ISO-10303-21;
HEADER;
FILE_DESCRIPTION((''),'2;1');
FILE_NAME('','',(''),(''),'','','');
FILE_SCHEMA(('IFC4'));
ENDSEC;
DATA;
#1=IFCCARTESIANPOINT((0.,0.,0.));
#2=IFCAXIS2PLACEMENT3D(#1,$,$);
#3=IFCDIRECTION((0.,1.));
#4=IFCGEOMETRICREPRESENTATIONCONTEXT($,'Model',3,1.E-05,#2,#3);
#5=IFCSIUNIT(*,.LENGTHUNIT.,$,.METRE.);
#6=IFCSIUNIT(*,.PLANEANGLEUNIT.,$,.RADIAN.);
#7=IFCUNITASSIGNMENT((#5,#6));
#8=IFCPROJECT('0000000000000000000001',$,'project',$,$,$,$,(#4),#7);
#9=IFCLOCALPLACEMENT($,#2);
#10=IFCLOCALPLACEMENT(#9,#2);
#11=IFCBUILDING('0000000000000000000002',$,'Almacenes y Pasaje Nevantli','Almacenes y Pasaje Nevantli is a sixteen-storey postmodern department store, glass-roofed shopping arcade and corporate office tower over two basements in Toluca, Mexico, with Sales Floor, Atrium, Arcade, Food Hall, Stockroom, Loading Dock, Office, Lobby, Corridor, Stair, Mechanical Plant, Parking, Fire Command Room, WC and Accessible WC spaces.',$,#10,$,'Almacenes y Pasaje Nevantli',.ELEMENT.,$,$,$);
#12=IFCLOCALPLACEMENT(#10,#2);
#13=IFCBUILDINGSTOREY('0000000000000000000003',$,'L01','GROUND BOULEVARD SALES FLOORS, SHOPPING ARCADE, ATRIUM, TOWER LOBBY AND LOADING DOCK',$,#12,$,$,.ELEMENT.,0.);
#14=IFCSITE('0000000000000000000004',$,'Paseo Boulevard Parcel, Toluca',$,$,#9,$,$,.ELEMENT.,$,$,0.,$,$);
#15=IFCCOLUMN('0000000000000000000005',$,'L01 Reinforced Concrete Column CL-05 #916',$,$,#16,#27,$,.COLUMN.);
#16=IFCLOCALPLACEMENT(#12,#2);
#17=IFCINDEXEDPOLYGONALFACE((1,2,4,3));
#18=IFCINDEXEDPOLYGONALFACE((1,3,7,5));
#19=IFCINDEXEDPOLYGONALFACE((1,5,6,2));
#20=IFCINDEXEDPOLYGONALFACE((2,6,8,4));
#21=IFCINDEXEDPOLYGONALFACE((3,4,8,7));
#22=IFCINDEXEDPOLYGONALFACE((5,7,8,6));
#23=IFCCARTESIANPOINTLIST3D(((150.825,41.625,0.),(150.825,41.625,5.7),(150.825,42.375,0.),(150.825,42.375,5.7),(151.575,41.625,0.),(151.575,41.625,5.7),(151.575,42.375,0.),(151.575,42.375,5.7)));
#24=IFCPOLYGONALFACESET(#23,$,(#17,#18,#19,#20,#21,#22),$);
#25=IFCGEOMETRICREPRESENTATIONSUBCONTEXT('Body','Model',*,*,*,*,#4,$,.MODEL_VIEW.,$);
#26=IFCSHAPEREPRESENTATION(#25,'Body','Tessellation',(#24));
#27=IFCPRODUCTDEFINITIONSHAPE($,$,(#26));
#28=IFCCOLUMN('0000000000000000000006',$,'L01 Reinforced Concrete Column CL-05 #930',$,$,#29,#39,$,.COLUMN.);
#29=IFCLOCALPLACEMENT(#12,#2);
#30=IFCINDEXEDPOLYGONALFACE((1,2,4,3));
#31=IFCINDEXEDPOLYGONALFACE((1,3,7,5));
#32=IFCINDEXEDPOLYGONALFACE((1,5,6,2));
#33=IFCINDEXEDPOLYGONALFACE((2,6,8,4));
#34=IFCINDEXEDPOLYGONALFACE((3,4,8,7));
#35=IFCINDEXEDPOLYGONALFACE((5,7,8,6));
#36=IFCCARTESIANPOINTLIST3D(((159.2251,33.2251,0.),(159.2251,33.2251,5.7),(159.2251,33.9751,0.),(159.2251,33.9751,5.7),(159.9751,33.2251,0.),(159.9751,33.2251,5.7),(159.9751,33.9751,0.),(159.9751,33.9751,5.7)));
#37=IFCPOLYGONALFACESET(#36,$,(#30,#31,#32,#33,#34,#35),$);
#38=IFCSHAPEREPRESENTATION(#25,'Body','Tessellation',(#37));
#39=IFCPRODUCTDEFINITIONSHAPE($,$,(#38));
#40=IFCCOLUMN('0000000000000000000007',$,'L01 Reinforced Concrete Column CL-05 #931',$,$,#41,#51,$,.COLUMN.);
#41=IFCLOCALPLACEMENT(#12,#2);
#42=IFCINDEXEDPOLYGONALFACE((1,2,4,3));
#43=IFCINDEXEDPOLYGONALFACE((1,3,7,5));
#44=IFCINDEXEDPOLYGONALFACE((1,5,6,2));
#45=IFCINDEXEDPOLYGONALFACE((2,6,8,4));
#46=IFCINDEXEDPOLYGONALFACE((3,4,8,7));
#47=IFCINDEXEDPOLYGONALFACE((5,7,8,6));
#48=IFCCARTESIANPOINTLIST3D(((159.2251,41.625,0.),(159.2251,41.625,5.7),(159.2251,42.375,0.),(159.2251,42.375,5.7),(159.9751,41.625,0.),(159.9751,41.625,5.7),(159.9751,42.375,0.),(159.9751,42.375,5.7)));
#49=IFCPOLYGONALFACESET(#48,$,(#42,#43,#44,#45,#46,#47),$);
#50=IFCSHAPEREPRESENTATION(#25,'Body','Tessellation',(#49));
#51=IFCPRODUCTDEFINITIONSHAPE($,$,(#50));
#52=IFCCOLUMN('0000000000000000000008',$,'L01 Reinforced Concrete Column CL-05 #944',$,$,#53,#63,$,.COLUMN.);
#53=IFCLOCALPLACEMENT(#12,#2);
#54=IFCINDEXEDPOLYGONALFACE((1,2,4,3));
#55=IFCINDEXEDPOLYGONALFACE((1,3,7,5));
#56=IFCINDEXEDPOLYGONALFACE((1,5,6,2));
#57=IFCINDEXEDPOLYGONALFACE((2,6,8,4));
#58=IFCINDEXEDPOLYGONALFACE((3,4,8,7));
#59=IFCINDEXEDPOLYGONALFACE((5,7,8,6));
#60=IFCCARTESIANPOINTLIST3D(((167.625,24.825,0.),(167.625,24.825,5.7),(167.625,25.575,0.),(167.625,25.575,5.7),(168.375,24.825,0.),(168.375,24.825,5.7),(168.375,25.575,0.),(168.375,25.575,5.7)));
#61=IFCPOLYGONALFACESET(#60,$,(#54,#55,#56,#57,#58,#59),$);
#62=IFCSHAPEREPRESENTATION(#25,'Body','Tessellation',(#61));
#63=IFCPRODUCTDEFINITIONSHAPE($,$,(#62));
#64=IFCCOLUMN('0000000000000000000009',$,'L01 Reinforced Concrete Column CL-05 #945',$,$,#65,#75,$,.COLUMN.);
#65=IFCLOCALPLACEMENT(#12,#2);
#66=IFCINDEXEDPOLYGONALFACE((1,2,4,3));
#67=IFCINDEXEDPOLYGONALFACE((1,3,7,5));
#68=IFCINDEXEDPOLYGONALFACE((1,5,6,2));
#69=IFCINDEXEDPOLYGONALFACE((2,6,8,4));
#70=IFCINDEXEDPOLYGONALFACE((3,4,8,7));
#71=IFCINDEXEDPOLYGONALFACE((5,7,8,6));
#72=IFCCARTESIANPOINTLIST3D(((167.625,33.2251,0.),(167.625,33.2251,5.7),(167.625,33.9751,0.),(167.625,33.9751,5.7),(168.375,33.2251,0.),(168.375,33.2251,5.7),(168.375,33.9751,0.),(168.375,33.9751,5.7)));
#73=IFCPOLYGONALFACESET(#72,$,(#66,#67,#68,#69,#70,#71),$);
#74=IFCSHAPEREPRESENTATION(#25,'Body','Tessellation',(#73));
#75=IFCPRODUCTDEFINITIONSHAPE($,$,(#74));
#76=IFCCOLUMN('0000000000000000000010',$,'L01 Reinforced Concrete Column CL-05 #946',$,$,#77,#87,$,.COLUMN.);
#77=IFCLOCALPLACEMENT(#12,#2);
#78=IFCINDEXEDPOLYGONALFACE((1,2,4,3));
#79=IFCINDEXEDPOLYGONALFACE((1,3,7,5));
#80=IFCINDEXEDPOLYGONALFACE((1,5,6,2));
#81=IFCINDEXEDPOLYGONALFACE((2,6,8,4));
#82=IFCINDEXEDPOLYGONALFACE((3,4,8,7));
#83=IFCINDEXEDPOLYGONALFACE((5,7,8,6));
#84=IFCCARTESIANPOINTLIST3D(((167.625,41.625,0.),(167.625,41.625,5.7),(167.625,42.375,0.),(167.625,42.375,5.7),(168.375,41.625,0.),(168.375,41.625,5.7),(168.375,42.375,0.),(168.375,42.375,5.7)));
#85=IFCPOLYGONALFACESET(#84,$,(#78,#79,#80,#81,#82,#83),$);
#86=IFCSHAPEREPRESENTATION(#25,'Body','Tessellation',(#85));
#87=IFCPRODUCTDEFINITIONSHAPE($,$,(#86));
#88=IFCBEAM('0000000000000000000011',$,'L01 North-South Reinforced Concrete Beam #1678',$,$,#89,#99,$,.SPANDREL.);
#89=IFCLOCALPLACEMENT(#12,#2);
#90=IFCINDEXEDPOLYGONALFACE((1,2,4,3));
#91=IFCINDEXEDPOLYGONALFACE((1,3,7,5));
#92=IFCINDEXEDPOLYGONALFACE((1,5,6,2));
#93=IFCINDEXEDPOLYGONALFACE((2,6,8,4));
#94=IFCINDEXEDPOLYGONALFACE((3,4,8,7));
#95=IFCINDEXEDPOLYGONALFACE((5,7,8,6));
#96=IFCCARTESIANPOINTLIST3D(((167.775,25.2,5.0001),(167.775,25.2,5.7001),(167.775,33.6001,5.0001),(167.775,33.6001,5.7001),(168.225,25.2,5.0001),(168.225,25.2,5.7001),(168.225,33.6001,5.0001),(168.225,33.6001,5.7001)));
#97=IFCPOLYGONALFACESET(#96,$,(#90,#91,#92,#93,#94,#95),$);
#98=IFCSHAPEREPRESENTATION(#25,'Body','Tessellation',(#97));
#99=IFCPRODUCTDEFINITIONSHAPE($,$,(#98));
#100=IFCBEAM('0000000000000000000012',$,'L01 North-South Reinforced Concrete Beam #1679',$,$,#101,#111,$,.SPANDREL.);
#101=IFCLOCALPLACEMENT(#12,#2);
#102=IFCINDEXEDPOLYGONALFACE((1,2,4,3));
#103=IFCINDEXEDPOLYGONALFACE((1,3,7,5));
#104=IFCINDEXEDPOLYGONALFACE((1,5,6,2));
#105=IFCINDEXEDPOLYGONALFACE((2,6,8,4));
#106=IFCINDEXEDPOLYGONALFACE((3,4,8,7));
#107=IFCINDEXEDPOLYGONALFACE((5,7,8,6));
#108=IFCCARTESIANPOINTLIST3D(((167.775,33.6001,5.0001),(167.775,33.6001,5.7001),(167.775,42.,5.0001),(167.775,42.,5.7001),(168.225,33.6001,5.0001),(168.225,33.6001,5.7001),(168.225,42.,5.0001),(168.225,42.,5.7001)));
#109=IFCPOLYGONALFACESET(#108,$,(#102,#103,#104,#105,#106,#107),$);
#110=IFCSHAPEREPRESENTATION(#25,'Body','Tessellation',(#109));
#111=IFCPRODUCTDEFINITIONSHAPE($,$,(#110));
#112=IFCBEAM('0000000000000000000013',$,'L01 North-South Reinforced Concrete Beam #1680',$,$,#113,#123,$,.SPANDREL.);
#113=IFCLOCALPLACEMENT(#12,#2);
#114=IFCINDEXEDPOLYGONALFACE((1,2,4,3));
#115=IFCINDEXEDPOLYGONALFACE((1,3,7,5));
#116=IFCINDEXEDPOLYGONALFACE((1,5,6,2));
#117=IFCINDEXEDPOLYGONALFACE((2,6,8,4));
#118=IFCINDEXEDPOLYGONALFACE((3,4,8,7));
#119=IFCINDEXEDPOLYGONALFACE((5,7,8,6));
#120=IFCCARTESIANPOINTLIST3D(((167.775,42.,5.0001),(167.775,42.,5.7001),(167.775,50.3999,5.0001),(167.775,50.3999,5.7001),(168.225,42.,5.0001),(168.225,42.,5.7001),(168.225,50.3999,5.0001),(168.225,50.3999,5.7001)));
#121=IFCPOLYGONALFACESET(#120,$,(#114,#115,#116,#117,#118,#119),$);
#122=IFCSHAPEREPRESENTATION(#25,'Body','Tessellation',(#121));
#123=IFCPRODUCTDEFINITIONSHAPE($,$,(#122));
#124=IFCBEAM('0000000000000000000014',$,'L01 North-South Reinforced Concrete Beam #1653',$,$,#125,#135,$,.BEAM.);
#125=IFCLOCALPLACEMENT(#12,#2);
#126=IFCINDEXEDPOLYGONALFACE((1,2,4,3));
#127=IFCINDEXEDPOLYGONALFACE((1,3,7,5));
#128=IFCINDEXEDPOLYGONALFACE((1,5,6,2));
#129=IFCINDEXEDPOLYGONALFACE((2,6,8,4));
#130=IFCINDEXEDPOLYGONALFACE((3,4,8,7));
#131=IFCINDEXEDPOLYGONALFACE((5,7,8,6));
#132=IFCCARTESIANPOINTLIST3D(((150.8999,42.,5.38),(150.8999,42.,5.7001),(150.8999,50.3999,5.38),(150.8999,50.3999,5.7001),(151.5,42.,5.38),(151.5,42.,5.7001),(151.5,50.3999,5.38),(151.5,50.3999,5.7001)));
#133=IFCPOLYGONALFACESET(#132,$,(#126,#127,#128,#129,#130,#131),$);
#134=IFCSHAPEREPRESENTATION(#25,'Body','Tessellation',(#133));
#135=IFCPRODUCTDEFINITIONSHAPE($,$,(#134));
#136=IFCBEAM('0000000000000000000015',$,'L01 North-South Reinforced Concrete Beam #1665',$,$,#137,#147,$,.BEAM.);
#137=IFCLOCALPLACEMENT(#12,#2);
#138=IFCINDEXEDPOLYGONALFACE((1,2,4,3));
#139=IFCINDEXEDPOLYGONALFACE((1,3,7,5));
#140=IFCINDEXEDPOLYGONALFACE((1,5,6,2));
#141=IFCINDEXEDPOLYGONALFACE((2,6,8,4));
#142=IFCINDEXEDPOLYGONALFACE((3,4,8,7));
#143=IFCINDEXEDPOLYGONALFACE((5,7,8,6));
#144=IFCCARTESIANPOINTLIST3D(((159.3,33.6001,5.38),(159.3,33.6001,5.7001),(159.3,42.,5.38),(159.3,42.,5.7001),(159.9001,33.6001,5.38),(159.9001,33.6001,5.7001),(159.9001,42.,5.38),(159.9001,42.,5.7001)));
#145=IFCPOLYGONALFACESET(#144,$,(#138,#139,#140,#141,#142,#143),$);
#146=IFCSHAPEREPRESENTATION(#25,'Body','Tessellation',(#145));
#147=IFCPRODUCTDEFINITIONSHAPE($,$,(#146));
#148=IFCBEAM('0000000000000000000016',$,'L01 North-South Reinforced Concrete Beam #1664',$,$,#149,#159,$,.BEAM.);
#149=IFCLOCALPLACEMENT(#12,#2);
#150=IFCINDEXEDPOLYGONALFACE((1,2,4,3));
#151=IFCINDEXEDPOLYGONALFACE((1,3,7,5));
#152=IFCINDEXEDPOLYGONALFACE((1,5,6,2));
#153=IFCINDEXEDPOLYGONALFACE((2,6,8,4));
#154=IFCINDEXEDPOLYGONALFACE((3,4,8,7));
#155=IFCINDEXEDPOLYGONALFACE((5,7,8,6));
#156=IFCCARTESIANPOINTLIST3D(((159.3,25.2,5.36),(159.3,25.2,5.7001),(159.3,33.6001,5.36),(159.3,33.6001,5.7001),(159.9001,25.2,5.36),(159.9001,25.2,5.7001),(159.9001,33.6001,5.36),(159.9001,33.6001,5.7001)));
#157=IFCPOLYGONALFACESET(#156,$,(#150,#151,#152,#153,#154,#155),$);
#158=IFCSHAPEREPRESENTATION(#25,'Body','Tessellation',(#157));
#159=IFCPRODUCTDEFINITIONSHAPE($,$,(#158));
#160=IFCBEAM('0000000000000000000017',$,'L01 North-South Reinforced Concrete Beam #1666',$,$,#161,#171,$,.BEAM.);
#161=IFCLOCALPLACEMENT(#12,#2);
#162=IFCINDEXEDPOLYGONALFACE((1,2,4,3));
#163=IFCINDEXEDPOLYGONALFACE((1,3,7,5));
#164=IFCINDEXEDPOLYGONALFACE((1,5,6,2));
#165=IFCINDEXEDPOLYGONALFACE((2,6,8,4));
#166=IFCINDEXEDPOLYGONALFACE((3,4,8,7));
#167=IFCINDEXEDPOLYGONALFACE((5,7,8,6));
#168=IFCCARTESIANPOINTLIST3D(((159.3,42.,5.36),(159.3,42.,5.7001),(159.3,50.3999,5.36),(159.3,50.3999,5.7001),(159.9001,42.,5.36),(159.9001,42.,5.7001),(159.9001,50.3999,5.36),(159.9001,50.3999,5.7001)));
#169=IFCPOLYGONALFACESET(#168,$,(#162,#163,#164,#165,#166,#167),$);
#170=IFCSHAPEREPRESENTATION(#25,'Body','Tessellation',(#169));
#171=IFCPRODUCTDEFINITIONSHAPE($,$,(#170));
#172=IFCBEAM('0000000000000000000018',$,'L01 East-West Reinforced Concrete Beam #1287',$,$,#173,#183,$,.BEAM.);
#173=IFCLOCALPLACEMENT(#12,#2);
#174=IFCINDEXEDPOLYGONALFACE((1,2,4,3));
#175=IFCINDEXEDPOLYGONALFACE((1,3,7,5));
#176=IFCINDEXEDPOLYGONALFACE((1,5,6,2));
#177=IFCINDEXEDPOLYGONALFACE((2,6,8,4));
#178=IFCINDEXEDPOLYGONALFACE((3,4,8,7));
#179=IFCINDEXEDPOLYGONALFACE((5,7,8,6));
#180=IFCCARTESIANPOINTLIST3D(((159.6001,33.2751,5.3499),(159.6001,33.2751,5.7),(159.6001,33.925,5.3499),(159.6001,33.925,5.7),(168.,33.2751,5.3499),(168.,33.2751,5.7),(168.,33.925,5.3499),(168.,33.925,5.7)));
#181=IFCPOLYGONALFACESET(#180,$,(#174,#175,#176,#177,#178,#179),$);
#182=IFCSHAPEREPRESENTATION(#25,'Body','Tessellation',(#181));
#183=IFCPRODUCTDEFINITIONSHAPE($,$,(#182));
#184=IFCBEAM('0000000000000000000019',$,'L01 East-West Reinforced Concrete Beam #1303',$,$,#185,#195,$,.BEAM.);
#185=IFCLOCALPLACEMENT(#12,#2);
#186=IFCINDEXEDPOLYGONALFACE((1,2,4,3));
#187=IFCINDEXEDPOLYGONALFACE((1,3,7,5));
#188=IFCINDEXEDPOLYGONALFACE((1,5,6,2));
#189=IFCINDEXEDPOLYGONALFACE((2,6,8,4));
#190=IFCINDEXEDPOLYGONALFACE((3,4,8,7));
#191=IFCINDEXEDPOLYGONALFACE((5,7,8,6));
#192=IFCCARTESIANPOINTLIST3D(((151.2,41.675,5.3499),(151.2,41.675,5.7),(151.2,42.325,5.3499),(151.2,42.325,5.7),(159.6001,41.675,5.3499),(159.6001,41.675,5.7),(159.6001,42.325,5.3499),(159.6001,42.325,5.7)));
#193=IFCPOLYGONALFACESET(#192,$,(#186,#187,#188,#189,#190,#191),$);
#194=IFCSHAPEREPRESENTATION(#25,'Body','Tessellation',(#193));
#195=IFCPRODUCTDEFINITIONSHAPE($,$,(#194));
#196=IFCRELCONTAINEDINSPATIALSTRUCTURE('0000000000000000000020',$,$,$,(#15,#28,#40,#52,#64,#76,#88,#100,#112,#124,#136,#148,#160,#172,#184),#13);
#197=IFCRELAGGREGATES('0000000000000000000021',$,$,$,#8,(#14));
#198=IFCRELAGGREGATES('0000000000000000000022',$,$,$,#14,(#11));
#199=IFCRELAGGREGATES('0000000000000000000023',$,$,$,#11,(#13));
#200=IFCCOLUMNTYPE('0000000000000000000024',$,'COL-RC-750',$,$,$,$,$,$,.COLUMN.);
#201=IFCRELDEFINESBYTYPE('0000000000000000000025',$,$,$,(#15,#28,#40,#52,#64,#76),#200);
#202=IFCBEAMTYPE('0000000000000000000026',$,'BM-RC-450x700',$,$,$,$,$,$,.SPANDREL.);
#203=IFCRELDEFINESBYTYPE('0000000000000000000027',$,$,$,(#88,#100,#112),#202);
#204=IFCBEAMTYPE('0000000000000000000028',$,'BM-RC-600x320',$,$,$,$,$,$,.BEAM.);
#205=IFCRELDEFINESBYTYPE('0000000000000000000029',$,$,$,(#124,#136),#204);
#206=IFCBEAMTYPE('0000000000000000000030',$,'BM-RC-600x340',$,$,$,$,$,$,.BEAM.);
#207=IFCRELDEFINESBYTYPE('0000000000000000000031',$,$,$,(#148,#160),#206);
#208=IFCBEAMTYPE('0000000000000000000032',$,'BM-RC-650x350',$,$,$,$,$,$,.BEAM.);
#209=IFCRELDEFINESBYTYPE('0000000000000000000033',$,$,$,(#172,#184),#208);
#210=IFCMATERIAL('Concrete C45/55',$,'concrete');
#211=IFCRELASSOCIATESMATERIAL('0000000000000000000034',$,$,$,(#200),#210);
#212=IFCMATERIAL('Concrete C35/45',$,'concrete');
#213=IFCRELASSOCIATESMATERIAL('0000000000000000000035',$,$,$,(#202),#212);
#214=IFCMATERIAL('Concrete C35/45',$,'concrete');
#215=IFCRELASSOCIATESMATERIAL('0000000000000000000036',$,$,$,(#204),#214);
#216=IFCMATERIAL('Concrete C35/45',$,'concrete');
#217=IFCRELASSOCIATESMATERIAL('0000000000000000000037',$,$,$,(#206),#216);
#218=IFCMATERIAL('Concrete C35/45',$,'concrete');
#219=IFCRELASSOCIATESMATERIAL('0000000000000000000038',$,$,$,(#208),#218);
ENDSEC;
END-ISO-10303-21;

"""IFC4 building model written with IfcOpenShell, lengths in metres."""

from ifc_helpers import new_model, si_unit, direction, frame, origin, origin_2d, place, context, subcontext, project, spatial, rectangle, extrude, material, material_profile, profile_set, type_object, element, save


model = new_model("IFC4")

# Units and contexts
model_context = context("Model", 3, precision=1e-05, world=origin(), true_north=direction((0.0, 1.0)))
body_context = subcontext(model_context, "Body", "Model", "MODEL_VIEW")
ifc_project = project(units=[si_unit("LENGTHUNIT", "METRE"), si_unit("PLANEANGLEUNIT", "RADIAN")], contexts=[model_context])

# Site, building, storey
site_placement = place(None, origin())
site = spatial("IfcSite", under=ifc_project, at=site_placement, Name="Paseo Boulevard Parcel, Toluca", CompositionType="ELEMENT", RefElevation=0.0)
building_placement = place(site_placement, origin())
building = spatial("IfcBuilding", under=site, at=building_placement, Name="Almacenes y Pasaje Nevantli", Description="Almacenes y Pasaje Nevantli is a sixteen-storey postmodern department store, glass-roofed shopping arcade and corporate office tower over two basements in Toluca, Mexico, with Sales Floor, Atrium, Arcade, Food Hall, Stockroom, Loading Dock, Office, Lobby, Corridor, Stair, Mechanical Plant, Parking, Fire Command Room, WC and Accessible WC spaces.", LongName="Almacenes y Pasaje Nevantli", CompositionType="ELEMENT")
storey_placement = place(building_placement, origin())
storey = spatial("IfcBuildingStorey", under=building, at=storey_placement, Name="L01", Description="GROUND BOULEVARD SALES FLOORS, SHOPPING ARCADE, ATRIUM, TOWER LOBBY AND LOADING DOCK", CompositionType="ELEMENT", Elevation=0.0)

# Columns
ifc_material_1 = material(Name="Concrete C45/55", Category="concrete")
ifc_material_profile_1 = material_profile(ifc_material_1, rectangle(XDim=0.75, YDim=0.75, at=origin_2d()), Name="RC-COL-750x750")
ifc_profile_set_1 = profile_set([ifc_material_profile_1], Name="Concrete C45/55")
column_type = type_object("IfcColumnType", Name="COL-RC-750", PredefinedType="COLUMN", material=ifc_profile_set_1)
for number, where, z_axis, x_axis, name in (
    (1, (151.2, 42.0, 0.0), (0.0, 0.0, 1.0), (1.0, 0.0, 0.0), "L01 Reinforced Concrete Column CL-05 #916"),
    (2, (159.6001, 33.6001, 0.0), (0.0, 0.0, 1.0), (1.0, 0.0, 0.0), "L01 Reinforced Concrete Column CL-05 #930"),
    (3, (159.6001, 42.0, 0.0), (0.0, 0.0, 1.0), (1.0, 0.0, 0.0), "L01 Reinforced Concrete Column CL-05 #931"),
    (4, (168.0, 25.2, 0.0), (0.0, 0.0, 1.0), (1.0, 0.0, 0.0), "L01 Reinforced Concrete Column CL-05 #944"),
    (5, (168.0, 33.6001, 0.0), (0.0, 0.0, 1.0), (1.0, 0.0, 0.0), "L01 Reinforced Concrete Column CL-05 #945"),
    (6, (168.0, 42.0, 0.0), (0.0, 0.0, 1.0), (1.0, 0.0, 0.0), "L01 Reinforced Concrete Column CL-05 #946"),
):
    element("IfcColumn", number, at=place(storey_placement, frame(where, z_axis=z_axis, x_axis=x_axis)), inside=storey, type_object=column_type, Name=name, PredefinedType="COLUMN", context=body_context, shape_type="SweptSolid", body=[
        extrude(rectangle(XDim=0.75, YDim=0.75, at=origin_2d()), origin(), (0.0, 0.0, 1.0), 5.7),
    ])

# Beams
ifc_material_2 = material(Name="Concrete C35/45", Category="concrete")
ifc_material_profile_2 = material_profile(ifc_material_2, rectangle(XDim=0.45, YDim=0.7, at=origin_2d()), Name="RC-BM-450x700")
ifc_profile_set_2 = profile_set([ifc_material_profile_2], Name="Concrete C35/45")
beam_type_1 = type_object("IfcBeamType", Name="BM-RC-450x700", PredefinedType="SPANDREL", material=ifc_profile_set_2)
beam_1_placement = place(storey_placement, frame((168.0, 25.2, 5.3501), z_axis=(0.0, 1.0, 0.0), x_axis=(-1.0, 0.0, 0.0)))
element("IfcBeam", 7, at=beam_1_placement, inside=storey, type_object=beam_type_1, Name="L01 North-South Reinforced Concrete Beam #1678", PredefinedType="SPANDREL", context=body_context, shape_type="SweptSolid", body=[
    extrude(rectangle(XDim=0.45, YDim=0.7, at=origin_2d()), origin(), (0.0, 0.0, 1.0), 8.4001),
])
for number, where, z_axis, x_axis, name in (
    (8, (168.0, 33.6001, 5.3501), (0.0, 1.0, 0.0), (-1.0, 0.0, 0.0), "L01 North-South Reinforced Concrete Beam #1679"),
    (9, (168.0, 42.0, 5.3501), (0.0, 1.0, 0.0), (-1.0, 0.0, 0.0), "L01 North-South Reinforced Concrete Beam #1680"),
):
    element("IfcBeam", number, at=place(storey_placement, frame(where, z_axis=z_axis, x_axis=x_axis)), inside=storey, type_object=beam_type_1, Name=name, PredefinedType="SPANDREL", context=body_context, shape_type="SweptSolid", body=[
        extrude(rectangle(XDim=0.45, YDim=0.7, at=origin_2d()), origin(), (0.0, 0.0, 1.0), 8.3999),
    ])
ifc_material_3 = material(Name="Concrete C35/45", Category="concrete")
ifc_material_profile_3 = material_profile(ifc_material_3, rectangle(XDim=0.6001, YDim=0.3201, at=origin_2d()), Name="RC-BM-600x320")
ifc_profile_set_3 = profile_set([ifc_material_profile_3], Name="Concrete C35/45")
beam_type_2 = type_object("IfcBeamType", Name="BM-RC-600x320", PredefinedType="BEAM", material=ifc_profile_set_3)
for number, where, z_axis, x_axis, name in (
    (10, (151.2, 42.0, 5.54), (0.0, 1.0, 0.0), (-1.0, 0.0, 0.0), "L01 North-South Reinforced Concrete Beam #1653"),
    (11, (159.6001, 33.6001, 5.54), (0.0, 1.0, 0.0), (-1.0, 0.0, 0.0), "L01 North-South Reinforced Concrete Beam #1665"),
):
    element("IfcBeam", number, at=place(storey_placement, frame(where, z_axis=z_axis, x_axis=x_axis)), inside=storey, type_object=beam_type_2, Name=name, PredefinedType="BEAM", context=body_context, shape_type="SweptSolid", body=[
        extrude(rectangle(XDim=0.6001, YDim=0.3201, at=origin_2d()), origin(), (0.0, 0.0, 1.0), 8.3999),
    ])
ifc_material_4 = material(Name="Concrete C35/45", Category="concrete")
ifc_material_profile_4 = material_profile(ifc_material_4, rectangle(XDim=0.6001, YDim=0.3401, at=origin_2d()), Name="RC-BM-600x340")
ifc_profile_set_4 = profile_set([ifc_material_profile_4], Name="Concrete C35/45")
beam_type_3 = type_object("IfcBeamType", Name="BM-RC-600x340", PredefinedType="BEAM", material=ifc_profile_set_4)
beam_2_placement = place(storey_placement, frame((159.6001, 25.2, 5.53), z_axis=(0.0, 1.0, 0.0), x_axis=(-1.0, 0.0, 0.0)))
element("IfcBeam", 12, at=beam_2_placement, inside=storey, type_object=beam_type_3, Name="L01 North-South Reinforced Concrete Beam #1664", PredefinedType="BEAM", context=body_context, shape_type="SweptSolid", body=[
    extrude(rectangle(XDim=0.6001, YDim=0.3401, at=origin_2d()), origin(), (0.0, 0.0, 1.0), 8.4001),
])
beam_3_placement = place(storey_placement, frame((159.6001, 42.0, 5.53), z_axis=(0.0, 1.0, 0.0), x_axis=(-1.0, 0.0, 0.0)))
element("IfcBeam", 13, at=beam_3_placement, inside=storey, type_object=beam_type_3, Name="L01 North-South Reinforced Concrete Beam #1666", PredefinedType="BEAM", context=body_context, shape_type="SweptSolid", body=[
    extrude(rectangle(XDim=0.6001, YDim=0.3401, at=origin_2d()), origin(), (0.0, 0.0, 1.0), 8.3999),
])
ifc_material_5 = material(Name="Concrete C35/45", Category="concrete")
ifc_material_profile_5 = material_profile(ifc_material_5, rectangle(XDim=0.6499, YDim=0.3501, at=origin_2d()), Name="RC-BM-650x350")
ifc_profile_set_5 = profile_set([ifc_material_profile_5], Name="Concrete C35/45")
beam_type_4 = type_object("IfcBeamType", Name="BM-RC-650x350", PredefinedType="BEAM", material=ifc_profile_set_5)
beam_4_placement = place(storey_placement, frame((159.6001, 33.6001, 5.5249), z_axis=(1.0, 0.0, 0.0), x_axis=(0.0, 1.0, 0.0)))
element("IfcBeam", 14, at=beam_4_placement, inside=storey, type_object=beam_type_4, Name="L01 East-West Reinforced Concrete Beam #1287", PredefinedType="BEAM", context=body_context, shape_type="SweptSolid", body=[
    extrude(rectangle(XDim=0.6499, YDim=0.3501, at=origin_2d()), origin(), (0.0, 0.0, 1.0), 8.3999),
])
beam_5_placement = place(storey_placement, frame((151.2, 42.0, 5.5249), z_axis=(1.0, 0.0, 0.0), x_axis=(0.0, 1.0, 0.0)))
element("IfcBeam", 15, at=beam_5_placement, inside=storey, type_object=beam_type_4, Name="L01 East-West Reinforced Concrete Beam #1303", PredefinedType="BEAM", context=body_context, shape_type="SweptSolid", body=[
    extrude(rectangle(XDim=0.6499, YDim=0.3501, at=origin_2d()), origin(), (0.0, 0.0, 1.0), 8.4001),
])

save(model, "model.ifc")
